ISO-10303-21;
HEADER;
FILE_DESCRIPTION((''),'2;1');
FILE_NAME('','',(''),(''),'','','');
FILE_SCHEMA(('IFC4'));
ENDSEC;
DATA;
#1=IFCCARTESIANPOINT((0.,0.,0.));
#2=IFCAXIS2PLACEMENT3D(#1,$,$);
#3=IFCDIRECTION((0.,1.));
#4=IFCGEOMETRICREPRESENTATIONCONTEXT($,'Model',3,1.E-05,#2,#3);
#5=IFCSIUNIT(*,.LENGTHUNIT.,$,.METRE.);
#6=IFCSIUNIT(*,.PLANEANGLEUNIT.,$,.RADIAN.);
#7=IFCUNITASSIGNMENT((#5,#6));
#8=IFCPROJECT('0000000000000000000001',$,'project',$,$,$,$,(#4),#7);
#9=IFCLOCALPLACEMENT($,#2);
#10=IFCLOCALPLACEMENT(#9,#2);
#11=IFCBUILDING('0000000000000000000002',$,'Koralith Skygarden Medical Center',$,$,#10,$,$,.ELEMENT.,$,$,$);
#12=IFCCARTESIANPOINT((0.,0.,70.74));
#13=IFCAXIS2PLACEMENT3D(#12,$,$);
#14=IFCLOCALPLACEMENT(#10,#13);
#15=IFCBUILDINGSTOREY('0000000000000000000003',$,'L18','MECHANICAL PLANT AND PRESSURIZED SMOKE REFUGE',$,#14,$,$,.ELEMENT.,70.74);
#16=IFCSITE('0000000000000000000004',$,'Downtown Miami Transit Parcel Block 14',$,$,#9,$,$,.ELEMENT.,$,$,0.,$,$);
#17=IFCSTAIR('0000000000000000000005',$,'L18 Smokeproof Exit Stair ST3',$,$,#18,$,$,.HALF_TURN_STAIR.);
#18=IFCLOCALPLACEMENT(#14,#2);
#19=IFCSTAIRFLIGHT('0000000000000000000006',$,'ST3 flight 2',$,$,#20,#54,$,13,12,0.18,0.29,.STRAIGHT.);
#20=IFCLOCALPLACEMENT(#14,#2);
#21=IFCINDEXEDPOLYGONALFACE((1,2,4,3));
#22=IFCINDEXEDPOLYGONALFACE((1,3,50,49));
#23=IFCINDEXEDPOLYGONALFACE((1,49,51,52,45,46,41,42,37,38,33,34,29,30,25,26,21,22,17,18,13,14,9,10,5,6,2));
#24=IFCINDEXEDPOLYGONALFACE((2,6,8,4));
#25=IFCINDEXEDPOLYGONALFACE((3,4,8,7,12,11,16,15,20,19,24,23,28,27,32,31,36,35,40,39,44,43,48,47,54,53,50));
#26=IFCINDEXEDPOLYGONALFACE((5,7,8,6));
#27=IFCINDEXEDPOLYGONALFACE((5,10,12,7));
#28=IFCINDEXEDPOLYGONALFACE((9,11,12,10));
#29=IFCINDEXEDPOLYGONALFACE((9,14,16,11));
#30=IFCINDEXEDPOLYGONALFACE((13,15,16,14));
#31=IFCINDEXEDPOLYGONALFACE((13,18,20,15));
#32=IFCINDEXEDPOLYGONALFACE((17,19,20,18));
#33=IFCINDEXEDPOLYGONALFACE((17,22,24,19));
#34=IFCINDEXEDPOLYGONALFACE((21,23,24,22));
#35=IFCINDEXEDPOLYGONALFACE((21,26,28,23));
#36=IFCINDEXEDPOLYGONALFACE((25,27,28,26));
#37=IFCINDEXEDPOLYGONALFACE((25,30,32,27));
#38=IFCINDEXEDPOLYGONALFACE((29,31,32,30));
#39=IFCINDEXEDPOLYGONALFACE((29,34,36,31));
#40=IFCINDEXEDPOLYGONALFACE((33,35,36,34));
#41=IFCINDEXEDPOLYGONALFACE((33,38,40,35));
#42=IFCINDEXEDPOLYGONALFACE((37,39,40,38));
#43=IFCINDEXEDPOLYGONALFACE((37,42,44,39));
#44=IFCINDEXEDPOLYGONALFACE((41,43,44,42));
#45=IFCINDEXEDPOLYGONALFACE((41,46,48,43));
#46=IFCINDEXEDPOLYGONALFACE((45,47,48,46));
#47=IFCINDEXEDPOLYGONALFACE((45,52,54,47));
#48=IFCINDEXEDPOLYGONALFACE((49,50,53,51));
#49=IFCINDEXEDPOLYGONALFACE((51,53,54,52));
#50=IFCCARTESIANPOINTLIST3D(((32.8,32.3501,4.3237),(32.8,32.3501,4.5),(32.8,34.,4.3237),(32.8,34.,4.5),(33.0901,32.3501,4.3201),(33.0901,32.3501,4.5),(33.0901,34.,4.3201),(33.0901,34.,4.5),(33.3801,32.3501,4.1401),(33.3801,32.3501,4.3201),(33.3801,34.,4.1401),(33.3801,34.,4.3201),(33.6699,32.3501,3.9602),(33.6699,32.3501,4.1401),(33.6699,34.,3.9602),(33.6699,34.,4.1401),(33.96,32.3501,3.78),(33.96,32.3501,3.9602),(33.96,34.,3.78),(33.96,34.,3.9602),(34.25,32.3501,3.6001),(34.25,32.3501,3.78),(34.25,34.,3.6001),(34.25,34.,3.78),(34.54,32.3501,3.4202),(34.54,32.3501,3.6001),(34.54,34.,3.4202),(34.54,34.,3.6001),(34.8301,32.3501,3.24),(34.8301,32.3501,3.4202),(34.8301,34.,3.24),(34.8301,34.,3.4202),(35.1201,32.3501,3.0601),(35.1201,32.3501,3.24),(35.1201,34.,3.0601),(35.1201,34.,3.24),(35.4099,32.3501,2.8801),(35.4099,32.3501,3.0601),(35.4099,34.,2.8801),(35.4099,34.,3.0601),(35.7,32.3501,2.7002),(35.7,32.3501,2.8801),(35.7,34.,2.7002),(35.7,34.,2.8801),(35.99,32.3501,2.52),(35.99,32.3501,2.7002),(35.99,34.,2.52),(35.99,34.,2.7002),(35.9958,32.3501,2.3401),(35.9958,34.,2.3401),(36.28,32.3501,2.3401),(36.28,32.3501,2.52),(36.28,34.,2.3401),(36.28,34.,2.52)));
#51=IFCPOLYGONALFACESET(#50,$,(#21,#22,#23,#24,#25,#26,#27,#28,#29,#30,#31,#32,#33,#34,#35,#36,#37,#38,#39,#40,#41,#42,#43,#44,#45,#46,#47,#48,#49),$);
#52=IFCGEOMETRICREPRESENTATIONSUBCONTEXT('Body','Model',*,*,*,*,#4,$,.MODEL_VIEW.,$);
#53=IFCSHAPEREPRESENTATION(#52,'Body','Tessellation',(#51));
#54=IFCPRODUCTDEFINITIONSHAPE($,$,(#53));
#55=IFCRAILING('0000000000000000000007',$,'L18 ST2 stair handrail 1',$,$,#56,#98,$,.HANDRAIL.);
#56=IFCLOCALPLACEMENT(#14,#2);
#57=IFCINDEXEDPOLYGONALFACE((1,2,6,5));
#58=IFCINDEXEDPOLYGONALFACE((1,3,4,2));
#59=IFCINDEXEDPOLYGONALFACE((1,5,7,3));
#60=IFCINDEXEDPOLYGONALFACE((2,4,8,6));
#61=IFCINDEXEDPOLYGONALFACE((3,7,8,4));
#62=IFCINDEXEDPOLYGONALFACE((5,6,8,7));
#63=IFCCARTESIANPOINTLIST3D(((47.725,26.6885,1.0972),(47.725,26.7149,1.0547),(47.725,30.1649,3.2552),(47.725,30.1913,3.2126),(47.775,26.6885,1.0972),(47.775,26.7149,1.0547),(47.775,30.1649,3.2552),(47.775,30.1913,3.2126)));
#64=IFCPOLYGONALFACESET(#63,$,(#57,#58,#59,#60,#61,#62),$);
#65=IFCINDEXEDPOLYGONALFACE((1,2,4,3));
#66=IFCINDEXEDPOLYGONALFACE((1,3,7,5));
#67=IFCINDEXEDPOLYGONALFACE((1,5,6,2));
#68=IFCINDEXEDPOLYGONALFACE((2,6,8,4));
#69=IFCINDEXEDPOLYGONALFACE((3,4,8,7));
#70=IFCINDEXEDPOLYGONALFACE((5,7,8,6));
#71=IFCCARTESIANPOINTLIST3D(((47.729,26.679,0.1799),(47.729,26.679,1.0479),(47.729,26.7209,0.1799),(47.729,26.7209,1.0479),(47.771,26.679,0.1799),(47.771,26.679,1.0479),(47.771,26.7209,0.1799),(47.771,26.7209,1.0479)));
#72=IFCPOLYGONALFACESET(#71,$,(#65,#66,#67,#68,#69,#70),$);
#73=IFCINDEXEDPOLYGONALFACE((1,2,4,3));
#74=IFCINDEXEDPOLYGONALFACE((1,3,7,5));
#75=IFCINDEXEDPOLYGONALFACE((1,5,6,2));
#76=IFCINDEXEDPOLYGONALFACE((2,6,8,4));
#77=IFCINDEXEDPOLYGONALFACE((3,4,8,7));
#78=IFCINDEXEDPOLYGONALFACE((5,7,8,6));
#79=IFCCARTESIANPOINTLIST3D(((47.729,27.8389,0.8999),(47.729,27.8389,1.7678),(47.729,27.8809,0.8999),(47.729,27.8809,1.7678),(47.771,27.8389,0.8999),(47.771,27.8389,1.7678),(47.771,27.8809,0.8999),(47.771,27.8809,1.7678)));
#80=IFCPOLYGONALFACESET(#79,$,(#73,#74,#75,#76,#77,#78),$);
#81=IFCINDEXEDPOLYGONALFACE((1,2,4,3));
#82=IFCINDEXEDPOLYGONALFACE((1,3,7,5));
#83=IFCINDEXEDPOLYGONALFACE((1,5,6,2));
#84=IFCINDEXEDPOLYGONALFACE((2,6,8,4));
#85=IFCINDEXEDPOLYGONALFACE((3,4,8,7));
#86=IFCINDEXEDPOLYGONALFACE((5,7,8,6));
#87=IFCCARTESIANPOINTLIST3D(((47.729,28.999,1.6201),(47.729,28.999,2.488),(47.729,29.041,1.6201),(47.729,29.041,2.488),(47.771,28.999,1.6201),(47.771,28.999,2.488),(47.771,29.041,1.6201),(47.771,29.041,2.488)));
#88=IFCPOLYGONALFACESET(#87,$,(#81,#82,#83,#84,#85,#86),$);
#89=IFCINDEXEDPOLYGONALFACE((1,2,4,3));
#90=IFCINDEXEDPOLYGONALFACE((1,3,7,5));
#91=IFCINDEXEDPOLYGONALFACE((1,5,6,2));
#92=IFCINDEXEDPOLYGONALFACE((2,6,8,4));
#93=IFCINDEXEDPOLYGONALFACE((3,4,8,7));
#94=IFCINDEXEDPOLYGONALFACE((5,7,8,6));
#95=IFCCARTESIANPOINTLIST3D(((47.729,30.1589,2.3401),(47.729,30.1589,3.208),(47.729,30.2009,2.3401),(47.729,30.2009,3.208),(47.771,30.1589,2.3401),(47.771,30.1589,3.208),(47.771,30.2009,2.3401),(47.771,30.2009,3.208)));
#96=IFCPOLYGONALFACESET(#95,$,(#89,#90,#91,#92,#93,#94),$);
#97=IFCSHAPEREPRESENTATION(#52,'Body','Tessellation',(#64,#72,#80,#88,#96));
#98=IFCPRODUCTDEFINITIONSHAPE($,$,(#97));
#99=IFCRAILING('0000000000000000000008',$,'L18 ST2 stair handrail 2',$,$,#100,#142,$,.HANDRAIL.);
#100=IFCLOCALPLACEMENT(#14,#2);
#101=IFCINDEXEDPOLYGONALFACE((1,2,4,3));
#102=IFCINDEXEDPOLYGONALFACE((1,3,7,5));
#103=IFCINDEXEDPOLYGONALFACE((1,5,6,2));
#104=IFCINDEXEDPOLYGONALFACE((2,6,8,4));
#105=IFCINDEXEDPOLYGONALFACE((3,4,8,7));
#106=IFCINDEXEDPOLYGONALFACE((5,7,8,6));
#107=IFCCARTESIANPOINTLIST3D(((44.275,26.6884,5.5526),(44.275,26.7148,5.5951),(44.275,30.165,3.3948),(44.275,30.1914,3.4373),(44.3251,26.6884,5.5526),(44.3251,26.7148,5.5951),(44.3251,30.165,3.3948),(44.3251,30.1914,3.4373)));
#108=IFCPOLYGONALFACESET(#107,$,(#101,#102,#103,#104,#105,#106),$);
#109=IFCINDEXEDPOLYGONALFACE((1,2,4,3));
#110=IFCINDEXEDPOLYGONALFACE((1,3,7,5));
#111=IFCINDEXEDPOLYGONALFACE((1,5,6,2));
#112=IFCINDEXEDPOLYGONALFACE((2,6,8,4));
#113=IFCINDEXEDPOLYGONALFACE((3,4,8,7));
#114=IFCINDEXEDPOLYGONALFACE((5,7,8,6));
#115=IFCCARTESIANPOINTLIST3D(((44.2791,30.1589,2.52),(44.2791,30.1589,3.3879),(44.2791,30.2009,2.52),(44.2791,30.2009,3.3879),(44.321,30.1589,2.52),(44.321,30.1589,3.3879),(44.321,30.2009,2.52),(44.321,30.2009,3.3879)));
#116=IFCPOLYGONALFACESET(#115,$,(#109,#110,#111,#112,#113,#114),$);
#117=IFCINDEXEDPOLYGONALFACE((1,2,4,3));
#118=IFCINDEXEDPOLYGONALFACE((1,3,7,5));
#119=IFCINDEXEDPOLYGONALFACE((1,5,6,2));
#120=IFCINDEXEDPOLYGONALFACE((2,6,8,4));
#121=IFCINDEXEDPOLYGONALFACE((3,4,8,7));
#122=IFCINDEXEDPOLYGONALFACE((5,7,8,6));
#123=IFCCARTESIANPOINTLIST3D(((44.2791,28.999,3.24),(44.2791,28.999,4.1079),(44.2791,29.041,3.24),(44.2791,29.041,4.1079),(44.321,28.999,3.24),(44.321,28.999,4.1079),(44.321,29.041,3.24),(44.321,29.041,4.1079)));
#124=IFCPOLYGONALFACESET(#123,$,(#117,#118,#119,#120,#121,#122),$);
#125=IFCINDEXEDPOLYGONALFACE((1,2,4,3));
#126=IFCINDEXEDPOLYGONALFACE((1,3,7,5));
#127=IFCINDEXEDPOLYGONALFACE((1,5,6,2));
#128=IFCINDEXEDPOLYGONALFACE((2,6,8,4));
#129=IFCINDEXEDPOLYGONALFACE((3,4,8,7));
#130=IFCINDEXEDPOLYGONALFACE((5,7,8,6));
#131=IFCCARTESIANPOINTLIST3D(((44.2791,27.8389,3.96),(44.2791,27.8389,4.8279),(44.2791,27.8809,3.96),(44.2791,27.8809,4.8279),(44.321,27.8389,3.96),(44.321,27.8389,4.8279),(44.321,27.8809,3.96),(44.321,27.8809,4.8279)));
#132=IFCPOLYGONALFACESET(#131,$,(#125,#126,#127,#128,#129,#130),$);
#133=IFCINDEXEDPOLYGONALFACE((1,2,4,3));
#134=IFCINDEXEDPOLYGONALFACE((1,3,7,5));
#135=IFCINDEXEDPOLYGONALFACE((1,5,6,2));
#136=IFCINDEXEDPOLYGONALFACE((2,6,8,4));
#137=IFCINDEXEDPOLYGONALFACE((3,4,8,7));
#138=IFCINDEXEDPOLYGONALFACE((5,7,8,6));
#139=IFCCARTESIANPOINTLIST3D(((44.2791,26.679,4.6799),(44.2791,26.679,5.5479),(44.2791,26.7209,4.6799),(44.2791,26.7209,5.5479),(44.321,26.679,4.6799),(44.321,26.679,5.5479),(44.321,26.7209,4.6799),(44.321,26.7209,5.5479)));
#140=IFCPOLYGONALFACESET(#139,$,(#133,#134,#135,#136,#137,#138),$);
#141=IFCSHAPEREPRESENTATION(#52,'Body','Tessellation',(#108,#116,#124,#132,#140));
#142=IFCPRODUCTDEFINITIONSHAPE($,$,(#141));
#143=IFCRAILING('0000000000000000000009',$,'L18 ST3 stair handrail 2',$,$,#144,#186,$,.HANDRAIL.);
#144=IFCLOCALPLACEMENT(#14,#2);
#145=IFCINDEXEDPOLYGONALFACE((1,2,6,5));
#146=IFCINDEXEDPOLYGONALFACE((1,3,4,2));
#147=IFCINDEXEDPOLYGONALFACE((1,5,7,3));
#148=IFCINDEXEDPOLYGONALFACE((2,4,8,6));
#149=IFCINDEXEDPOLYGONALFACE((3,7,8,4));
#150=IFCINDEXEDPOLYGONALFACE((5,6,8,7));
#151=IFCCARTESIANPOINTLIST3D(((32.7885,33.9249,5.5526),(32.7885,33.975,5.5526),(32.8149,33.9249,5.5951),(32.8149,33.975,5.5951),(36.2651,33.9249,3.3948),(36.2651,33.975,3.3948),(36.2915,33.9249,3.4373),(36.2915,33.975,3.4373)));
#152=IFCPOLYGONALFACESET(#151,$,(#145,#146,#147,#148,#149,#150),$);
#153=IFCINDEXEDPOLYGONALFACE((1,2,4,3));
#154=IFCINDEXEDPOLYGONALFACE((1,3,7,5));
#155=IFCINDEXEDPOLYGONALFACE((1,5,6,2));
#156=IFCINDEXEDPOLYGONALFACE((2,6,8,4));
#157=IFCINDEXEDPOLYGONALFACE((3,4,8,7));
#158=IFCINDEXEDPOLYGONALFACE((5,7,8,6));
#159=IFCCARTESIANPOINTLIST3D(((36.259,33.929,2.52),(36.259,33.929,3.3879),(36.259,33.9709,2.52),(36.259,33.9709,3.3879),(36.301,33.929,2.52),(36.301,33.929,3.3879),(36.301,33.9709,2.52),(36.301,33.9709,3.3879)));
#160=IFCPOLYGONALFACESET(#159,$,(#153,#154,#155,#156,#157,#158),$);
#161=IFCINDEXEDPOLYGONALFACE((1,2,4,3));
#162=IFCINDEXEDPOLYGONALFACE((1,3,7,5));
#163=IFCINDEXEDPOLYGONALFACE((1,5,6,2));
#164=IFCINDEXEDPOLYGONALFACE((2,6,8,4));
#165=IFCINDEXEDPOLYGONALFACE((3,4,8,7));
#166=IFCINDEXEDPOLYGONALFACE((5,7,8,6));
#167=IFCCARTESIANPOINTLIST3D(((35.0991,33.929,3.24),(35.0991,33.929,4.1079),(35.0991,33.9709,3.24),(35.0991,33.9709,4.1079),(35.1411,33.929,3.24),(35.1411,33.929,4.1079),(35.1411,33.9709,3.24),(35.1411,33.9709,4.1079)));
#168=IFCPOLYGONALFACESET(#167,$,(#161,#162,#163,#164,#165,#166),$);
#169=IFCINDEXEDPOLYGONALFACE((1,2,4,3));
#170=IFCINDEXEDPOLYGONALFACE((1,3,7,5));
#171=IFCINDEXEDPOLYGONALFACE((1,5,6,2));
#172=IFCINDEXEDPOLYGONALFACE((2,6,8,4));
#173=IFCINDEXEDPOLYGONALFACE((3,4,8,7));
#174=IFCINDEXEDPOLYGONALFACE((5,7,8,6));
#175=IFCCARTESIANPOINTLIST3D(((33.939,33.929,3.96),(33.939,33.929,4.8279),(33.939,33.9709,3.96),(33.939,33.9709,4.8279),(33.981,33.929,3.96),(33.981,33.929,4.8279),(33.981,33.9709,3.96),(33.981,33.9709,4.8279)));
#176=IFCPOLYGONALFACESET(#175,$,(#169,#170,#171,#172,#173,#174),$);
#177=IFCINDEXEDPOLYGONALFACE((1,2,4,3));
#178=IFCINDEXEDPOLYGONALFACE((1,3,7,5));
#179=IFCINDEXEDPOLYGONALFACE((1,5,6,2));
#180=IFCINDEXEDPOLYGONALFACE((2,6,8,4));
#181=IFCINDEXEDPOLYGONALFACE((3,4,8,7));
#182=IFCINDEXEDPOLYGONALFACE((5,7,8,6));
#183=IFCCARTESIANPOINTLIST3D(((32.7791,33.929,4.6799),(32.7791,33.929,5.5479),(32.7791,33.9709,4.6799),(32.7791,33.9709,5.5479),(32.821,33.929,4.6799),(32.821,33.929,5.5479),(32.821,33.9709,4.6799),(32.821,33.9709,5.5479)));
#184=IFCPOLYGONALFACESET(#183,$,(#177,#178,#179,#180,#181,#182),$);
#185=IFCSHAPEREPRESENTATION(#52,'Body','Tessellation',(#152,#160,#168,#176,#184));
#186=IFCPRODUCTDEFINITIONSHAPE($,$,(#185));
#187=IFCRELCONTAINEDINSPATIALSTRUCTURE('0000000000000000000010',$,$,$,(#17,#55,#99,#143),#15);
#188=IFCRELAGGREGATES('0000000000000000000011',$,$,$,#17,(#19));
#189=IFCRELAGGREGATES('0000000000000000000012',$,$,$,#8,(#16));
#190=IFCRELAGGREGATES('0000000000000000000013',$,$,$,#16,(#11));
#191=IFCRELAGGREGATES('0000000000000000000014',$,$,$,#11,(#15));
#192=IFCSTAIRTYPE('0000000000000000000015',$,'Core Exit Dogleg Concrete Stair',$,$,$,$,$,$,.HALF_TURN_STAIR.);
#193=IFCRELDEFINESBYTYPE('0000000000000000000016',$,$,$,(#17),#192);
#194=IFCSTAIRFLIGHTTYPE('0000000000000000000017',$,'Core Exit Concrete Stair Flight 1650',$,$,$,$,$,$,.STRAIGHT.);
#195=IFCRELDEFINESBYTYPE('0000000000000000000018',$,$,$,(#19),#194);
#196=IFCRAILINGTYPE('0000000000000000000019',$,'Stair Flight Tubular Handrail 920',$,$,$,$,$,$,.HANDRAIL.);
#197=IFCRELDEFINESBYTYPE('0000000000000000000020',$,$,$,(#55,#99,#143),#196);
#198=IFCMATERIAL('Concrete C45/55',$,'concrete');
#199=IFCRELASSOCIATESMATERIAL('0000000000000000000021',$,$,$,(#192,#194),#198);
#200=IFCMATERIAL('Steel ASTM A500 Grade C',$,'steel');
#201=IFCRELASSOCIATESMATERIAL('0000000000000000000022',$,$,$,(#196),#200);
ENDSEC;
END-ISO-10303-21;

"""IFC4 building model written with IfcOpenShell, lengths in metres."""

from ifc_helpers import new_model, si_unit, direction, frame, origin, origin_2d, place, context, subcontext, project, spatial, polyline, rectangle, outline, extrude, material, type_object, element, aggregate, save


model = new_model("IFC4")

# Units and contexts
model_context = context("Model", 3, precision=1e-05, world=origin(), true_north=direction((0.0, 1.0)))
body_context = subcontext(model_context, "Body", "Model", "MODEL_VIEW")
ifc_project = project(units=[si_unit("LENGTHUNIT", "METRE"), si_unit("PLANEANGLEUNIT", "RADIAN")], contexts=[model_context])

# Site, building, storey
site_placement = place(None, origin())
site = spatial("IfcSite", under=ifc_project, at=site_placement, Name="Downtown Miami Transit Parcel Block 14", CompositionType="ELEMENT", RefElevation=0.0)
building_placement = place(site_placement, origin())
building = spatial("IfcBuilding", under=site, at=building_placement, Name="Koralith Skygarden Medical Center", CompositionType="ELEMENT")
storey_placement = place(building_placement, frame((0.0, 0.0, 70.74)))
storey = spatial("IfcBuildingStorey", under=building, at=storey_placement, Name="L18", Description="MECHANICAL PLANT AND PRESSURIZED SMOKE REFUGE", CompositionType="ELEMENT", Elevation=70.74)

# Shared definitions
ifc_material_1 = material(Name="Concrete C45/55", Category="concrete")

# Shared definitions
stair_type = type_object("IfcStairType", Name="Core Exit Dogleg Concrete Stair", PredefinedType="HALF_TURN_STAIR", material=ifc_material_1)
stair_flight_type = type_object("IfcStairFlightType", Name="Core Exit Concrete Stair Flight 1650", PredefinedType="STRAIGHT", material=ifc_material_1)

# Stair, stair flight
stair_1_placement = place(storey_placement, origin())
stair_1 = element("IfcStair", 1, at=stair_1_placement, inside=storey, type_object=stair_type, Name="L18 Smokeproof Exit Stair ST3", PredefinedType="HALF_TURN_STAIR")
stair_flight_1_placement = place(storey_placement, frame((36.28, 33.175, 2.3401), z_axis=(0.0, 0.0, 1.0), x_axis=(-1.0, 0.0, 0.0)))
stair_flight_1 = element("IfcStairFlight", 2, at=stair_flight_1_placement, type_object=stair_flight_type, Name="ST3 flight 2", NumberOfRisers=13, NumberOfTreads=12, PredefinedType="STRAIGHT", RiserHeight=0.18, TreadLength=0.29, context=body_context, shape_type="SweptSolid", body=[
    extrude(outline(polyline([(0.0, 0.0), (0.0, 0.1799), (0.29, 0.1799), (0.29, 0.3601), (0.5801, 0.3601), (0.5801, 0.54), (0.8701, 0.54), (0.8701, 0.72), (1.1599, 0.72), (1.1599, 0.8999), (1.45, 0.8999), (1.45, 1.0801), (1.74, 1.0801), (1.74, 1.26), (2.03, 1.26), (2.03, 1.4399), (2.3201, 1.4399), (2.3201, 1.6201), (2.6101, 1.6201), (2.6101, 1.8), (2.8999, 1.8), (2.8999, 1.98), (3.1899, 1.98), (3.1899, 2.1599), (3.48, 2.1599), (3.48, 2.3401), (3.48, 1.9836), (0.2842, 0.0), (0.0, 0.0)])), frame((0.0, 0.825, 0.0), z_axis=(0.0, -1.0, 0.0), x_axis=(1.0, 0.0, 0.0)), (0.0, 0.0, 1.0), 1.6499),
])
aggregate(stair_1, [stair_flight_1])

# Railings
ifc_material_2 = material(Name="Steel ASTM A500 Grade C", Category="steel")
railing_type_1 = type_object("IfcRailingType", Name="Stair Flight Tubular Handrail 920", PredefinedType="HANDRAIL", material=ifc_material_2)
railing_1_placement = place(storey_placement, frame((47.75, 26.7, 0.1799)))
element("IfcRailing", 3, at=railing_1_placement, inside=storey, type_object=railing_type_1, Name="L18 ST2 stair handrail 1", PredefinedType="HANDRAIL", context=body_context, shape_type="SweptSolid", body=[
    extrude(rectangle(XDim=0.05, YDim=0.05, at=origin_2d()), frame((0.0, 0.0017, 0.896), z_axis=(0.0, 0.849622, 0.527393), x_axis=(-1.0, 0.0, 0.0)), (0.0, 0.0, 1.0), 4.0918),
    extrude(rectangle(XDim=0.042, YDim=0.042, at=origin_2d()), origin(), (0.0, 0.0, 1.0), 0.8679),
    extrude(rectangle(XDim=0.042, YDim=0.042, at=origin_2d()), frame((0.0, 1.1599, 0.72)), (0.0, 0.0, 1.0), 0.8679),
    extrude(rectangle(XDim=0.042, YDim=0.042, at=origin_2d()), frame((0.0, 2.3201, 1.4402)), (0.0, 0.0, 1.0), 0.8679),
    extrude(rectangle(XDim=0.042, YDim=0.042, at=origin_2d()), frame((0.0, 3.48, 2.1602)), (0.0, 0.0, 1.0), 0.8679),
])
railing_2_placement = place(storey_placement, frame((44.3, 30.1799, 2.52)))
element("IfcRailing", 4, at=railing_2_placement, inside=storey, type_object=railing_type_1, Name="L18 ST2 stair handrail 2", PredefinedType="HANDRAIL", context=body_context, shape_type="SweptSolid", body=[
    extrude(rectangle(XDim=0.05, YDim=0.05, at=origin_2d()), frame((0.0, -0.0017, 0.896), z_axis=(0.0, -0.849648, 0.52735), x_axis=(1.0, 0.0, 0.0)), (0.0, 0.0, 1.0), 4.0918),
    extrude(rectangle(XDim=0.042, YDim=0.042, at=origin_2d()), origin(), (0.0, 0.0, 1.0), 0.8679),
    extrude(rectangle(XDim=0.042, YDim=0.042, at=origin_2d()), frame((0.0, -1.1599, 0.72)), (0.0, 0.0, 1.0), 0.8679),
    extrude(rectangle(XDim=0.042, YDim=0.042, at=origin_2d()), frame((0.0, -2.3201, 1.4399)), (0.0, 0.0, 1.0), 0.8679),
    extrude(rectangle(XDim=0.042, YDim=0.042, at=origin_2d()), frame((0.0, -3.48, 2.1599)), (0.0, 0.0, 1.0), 0.8679),
])
railing_3_placement = place(storey_placement, frame((36.28, 33.95, 2.52)))
element("IfcRailing", 5, at=railing_3_placement, inside=storey, type_object=railing_type_1, Name="L18 ST3 stair handrail 2", PredefinedType="HANDRAIL", context=body_context, shape_type="SweptSolid", body=[
    extrude(rectangle(XDim=0.05, YDim=0.05, at=origin_2d()), frame((-0.0017, 0.0, 0.896), z_axis=(-0.849648, 0.0, 0.52735), x_axis=(0.0, -1.0, 0.0)), (0.0, 0.0, 1.0), 4.0918),
    extrude(rectangle(XDim=0.042, YDim=0.042, at=origin_2d()), origin(), (0.0, 0.0, 1.0), 0.8679),
    extrude(rectangle(XDim=0.042, YDim=0.042, at=origin_2d()), frame((-1.1599, 0.0, 0.72)), (0.0, 0.0, 1.0), 0.8679),
    extrude(rectangle(XDim=0.042, YDim=0.042, at=origin_2d()), frame((-2.3201, 0.0, 1.4399)), (0.0, 0.0, 1.0), 0.8679),
    extrude(rectangle(XDim=0.042, YDim=0.042, at=origin_2d()), frame((-3.48, 0.0, 2.1599)), (0.0, 0.0, 1.0), 0.8679),
])

save(model, "model.ifc")
